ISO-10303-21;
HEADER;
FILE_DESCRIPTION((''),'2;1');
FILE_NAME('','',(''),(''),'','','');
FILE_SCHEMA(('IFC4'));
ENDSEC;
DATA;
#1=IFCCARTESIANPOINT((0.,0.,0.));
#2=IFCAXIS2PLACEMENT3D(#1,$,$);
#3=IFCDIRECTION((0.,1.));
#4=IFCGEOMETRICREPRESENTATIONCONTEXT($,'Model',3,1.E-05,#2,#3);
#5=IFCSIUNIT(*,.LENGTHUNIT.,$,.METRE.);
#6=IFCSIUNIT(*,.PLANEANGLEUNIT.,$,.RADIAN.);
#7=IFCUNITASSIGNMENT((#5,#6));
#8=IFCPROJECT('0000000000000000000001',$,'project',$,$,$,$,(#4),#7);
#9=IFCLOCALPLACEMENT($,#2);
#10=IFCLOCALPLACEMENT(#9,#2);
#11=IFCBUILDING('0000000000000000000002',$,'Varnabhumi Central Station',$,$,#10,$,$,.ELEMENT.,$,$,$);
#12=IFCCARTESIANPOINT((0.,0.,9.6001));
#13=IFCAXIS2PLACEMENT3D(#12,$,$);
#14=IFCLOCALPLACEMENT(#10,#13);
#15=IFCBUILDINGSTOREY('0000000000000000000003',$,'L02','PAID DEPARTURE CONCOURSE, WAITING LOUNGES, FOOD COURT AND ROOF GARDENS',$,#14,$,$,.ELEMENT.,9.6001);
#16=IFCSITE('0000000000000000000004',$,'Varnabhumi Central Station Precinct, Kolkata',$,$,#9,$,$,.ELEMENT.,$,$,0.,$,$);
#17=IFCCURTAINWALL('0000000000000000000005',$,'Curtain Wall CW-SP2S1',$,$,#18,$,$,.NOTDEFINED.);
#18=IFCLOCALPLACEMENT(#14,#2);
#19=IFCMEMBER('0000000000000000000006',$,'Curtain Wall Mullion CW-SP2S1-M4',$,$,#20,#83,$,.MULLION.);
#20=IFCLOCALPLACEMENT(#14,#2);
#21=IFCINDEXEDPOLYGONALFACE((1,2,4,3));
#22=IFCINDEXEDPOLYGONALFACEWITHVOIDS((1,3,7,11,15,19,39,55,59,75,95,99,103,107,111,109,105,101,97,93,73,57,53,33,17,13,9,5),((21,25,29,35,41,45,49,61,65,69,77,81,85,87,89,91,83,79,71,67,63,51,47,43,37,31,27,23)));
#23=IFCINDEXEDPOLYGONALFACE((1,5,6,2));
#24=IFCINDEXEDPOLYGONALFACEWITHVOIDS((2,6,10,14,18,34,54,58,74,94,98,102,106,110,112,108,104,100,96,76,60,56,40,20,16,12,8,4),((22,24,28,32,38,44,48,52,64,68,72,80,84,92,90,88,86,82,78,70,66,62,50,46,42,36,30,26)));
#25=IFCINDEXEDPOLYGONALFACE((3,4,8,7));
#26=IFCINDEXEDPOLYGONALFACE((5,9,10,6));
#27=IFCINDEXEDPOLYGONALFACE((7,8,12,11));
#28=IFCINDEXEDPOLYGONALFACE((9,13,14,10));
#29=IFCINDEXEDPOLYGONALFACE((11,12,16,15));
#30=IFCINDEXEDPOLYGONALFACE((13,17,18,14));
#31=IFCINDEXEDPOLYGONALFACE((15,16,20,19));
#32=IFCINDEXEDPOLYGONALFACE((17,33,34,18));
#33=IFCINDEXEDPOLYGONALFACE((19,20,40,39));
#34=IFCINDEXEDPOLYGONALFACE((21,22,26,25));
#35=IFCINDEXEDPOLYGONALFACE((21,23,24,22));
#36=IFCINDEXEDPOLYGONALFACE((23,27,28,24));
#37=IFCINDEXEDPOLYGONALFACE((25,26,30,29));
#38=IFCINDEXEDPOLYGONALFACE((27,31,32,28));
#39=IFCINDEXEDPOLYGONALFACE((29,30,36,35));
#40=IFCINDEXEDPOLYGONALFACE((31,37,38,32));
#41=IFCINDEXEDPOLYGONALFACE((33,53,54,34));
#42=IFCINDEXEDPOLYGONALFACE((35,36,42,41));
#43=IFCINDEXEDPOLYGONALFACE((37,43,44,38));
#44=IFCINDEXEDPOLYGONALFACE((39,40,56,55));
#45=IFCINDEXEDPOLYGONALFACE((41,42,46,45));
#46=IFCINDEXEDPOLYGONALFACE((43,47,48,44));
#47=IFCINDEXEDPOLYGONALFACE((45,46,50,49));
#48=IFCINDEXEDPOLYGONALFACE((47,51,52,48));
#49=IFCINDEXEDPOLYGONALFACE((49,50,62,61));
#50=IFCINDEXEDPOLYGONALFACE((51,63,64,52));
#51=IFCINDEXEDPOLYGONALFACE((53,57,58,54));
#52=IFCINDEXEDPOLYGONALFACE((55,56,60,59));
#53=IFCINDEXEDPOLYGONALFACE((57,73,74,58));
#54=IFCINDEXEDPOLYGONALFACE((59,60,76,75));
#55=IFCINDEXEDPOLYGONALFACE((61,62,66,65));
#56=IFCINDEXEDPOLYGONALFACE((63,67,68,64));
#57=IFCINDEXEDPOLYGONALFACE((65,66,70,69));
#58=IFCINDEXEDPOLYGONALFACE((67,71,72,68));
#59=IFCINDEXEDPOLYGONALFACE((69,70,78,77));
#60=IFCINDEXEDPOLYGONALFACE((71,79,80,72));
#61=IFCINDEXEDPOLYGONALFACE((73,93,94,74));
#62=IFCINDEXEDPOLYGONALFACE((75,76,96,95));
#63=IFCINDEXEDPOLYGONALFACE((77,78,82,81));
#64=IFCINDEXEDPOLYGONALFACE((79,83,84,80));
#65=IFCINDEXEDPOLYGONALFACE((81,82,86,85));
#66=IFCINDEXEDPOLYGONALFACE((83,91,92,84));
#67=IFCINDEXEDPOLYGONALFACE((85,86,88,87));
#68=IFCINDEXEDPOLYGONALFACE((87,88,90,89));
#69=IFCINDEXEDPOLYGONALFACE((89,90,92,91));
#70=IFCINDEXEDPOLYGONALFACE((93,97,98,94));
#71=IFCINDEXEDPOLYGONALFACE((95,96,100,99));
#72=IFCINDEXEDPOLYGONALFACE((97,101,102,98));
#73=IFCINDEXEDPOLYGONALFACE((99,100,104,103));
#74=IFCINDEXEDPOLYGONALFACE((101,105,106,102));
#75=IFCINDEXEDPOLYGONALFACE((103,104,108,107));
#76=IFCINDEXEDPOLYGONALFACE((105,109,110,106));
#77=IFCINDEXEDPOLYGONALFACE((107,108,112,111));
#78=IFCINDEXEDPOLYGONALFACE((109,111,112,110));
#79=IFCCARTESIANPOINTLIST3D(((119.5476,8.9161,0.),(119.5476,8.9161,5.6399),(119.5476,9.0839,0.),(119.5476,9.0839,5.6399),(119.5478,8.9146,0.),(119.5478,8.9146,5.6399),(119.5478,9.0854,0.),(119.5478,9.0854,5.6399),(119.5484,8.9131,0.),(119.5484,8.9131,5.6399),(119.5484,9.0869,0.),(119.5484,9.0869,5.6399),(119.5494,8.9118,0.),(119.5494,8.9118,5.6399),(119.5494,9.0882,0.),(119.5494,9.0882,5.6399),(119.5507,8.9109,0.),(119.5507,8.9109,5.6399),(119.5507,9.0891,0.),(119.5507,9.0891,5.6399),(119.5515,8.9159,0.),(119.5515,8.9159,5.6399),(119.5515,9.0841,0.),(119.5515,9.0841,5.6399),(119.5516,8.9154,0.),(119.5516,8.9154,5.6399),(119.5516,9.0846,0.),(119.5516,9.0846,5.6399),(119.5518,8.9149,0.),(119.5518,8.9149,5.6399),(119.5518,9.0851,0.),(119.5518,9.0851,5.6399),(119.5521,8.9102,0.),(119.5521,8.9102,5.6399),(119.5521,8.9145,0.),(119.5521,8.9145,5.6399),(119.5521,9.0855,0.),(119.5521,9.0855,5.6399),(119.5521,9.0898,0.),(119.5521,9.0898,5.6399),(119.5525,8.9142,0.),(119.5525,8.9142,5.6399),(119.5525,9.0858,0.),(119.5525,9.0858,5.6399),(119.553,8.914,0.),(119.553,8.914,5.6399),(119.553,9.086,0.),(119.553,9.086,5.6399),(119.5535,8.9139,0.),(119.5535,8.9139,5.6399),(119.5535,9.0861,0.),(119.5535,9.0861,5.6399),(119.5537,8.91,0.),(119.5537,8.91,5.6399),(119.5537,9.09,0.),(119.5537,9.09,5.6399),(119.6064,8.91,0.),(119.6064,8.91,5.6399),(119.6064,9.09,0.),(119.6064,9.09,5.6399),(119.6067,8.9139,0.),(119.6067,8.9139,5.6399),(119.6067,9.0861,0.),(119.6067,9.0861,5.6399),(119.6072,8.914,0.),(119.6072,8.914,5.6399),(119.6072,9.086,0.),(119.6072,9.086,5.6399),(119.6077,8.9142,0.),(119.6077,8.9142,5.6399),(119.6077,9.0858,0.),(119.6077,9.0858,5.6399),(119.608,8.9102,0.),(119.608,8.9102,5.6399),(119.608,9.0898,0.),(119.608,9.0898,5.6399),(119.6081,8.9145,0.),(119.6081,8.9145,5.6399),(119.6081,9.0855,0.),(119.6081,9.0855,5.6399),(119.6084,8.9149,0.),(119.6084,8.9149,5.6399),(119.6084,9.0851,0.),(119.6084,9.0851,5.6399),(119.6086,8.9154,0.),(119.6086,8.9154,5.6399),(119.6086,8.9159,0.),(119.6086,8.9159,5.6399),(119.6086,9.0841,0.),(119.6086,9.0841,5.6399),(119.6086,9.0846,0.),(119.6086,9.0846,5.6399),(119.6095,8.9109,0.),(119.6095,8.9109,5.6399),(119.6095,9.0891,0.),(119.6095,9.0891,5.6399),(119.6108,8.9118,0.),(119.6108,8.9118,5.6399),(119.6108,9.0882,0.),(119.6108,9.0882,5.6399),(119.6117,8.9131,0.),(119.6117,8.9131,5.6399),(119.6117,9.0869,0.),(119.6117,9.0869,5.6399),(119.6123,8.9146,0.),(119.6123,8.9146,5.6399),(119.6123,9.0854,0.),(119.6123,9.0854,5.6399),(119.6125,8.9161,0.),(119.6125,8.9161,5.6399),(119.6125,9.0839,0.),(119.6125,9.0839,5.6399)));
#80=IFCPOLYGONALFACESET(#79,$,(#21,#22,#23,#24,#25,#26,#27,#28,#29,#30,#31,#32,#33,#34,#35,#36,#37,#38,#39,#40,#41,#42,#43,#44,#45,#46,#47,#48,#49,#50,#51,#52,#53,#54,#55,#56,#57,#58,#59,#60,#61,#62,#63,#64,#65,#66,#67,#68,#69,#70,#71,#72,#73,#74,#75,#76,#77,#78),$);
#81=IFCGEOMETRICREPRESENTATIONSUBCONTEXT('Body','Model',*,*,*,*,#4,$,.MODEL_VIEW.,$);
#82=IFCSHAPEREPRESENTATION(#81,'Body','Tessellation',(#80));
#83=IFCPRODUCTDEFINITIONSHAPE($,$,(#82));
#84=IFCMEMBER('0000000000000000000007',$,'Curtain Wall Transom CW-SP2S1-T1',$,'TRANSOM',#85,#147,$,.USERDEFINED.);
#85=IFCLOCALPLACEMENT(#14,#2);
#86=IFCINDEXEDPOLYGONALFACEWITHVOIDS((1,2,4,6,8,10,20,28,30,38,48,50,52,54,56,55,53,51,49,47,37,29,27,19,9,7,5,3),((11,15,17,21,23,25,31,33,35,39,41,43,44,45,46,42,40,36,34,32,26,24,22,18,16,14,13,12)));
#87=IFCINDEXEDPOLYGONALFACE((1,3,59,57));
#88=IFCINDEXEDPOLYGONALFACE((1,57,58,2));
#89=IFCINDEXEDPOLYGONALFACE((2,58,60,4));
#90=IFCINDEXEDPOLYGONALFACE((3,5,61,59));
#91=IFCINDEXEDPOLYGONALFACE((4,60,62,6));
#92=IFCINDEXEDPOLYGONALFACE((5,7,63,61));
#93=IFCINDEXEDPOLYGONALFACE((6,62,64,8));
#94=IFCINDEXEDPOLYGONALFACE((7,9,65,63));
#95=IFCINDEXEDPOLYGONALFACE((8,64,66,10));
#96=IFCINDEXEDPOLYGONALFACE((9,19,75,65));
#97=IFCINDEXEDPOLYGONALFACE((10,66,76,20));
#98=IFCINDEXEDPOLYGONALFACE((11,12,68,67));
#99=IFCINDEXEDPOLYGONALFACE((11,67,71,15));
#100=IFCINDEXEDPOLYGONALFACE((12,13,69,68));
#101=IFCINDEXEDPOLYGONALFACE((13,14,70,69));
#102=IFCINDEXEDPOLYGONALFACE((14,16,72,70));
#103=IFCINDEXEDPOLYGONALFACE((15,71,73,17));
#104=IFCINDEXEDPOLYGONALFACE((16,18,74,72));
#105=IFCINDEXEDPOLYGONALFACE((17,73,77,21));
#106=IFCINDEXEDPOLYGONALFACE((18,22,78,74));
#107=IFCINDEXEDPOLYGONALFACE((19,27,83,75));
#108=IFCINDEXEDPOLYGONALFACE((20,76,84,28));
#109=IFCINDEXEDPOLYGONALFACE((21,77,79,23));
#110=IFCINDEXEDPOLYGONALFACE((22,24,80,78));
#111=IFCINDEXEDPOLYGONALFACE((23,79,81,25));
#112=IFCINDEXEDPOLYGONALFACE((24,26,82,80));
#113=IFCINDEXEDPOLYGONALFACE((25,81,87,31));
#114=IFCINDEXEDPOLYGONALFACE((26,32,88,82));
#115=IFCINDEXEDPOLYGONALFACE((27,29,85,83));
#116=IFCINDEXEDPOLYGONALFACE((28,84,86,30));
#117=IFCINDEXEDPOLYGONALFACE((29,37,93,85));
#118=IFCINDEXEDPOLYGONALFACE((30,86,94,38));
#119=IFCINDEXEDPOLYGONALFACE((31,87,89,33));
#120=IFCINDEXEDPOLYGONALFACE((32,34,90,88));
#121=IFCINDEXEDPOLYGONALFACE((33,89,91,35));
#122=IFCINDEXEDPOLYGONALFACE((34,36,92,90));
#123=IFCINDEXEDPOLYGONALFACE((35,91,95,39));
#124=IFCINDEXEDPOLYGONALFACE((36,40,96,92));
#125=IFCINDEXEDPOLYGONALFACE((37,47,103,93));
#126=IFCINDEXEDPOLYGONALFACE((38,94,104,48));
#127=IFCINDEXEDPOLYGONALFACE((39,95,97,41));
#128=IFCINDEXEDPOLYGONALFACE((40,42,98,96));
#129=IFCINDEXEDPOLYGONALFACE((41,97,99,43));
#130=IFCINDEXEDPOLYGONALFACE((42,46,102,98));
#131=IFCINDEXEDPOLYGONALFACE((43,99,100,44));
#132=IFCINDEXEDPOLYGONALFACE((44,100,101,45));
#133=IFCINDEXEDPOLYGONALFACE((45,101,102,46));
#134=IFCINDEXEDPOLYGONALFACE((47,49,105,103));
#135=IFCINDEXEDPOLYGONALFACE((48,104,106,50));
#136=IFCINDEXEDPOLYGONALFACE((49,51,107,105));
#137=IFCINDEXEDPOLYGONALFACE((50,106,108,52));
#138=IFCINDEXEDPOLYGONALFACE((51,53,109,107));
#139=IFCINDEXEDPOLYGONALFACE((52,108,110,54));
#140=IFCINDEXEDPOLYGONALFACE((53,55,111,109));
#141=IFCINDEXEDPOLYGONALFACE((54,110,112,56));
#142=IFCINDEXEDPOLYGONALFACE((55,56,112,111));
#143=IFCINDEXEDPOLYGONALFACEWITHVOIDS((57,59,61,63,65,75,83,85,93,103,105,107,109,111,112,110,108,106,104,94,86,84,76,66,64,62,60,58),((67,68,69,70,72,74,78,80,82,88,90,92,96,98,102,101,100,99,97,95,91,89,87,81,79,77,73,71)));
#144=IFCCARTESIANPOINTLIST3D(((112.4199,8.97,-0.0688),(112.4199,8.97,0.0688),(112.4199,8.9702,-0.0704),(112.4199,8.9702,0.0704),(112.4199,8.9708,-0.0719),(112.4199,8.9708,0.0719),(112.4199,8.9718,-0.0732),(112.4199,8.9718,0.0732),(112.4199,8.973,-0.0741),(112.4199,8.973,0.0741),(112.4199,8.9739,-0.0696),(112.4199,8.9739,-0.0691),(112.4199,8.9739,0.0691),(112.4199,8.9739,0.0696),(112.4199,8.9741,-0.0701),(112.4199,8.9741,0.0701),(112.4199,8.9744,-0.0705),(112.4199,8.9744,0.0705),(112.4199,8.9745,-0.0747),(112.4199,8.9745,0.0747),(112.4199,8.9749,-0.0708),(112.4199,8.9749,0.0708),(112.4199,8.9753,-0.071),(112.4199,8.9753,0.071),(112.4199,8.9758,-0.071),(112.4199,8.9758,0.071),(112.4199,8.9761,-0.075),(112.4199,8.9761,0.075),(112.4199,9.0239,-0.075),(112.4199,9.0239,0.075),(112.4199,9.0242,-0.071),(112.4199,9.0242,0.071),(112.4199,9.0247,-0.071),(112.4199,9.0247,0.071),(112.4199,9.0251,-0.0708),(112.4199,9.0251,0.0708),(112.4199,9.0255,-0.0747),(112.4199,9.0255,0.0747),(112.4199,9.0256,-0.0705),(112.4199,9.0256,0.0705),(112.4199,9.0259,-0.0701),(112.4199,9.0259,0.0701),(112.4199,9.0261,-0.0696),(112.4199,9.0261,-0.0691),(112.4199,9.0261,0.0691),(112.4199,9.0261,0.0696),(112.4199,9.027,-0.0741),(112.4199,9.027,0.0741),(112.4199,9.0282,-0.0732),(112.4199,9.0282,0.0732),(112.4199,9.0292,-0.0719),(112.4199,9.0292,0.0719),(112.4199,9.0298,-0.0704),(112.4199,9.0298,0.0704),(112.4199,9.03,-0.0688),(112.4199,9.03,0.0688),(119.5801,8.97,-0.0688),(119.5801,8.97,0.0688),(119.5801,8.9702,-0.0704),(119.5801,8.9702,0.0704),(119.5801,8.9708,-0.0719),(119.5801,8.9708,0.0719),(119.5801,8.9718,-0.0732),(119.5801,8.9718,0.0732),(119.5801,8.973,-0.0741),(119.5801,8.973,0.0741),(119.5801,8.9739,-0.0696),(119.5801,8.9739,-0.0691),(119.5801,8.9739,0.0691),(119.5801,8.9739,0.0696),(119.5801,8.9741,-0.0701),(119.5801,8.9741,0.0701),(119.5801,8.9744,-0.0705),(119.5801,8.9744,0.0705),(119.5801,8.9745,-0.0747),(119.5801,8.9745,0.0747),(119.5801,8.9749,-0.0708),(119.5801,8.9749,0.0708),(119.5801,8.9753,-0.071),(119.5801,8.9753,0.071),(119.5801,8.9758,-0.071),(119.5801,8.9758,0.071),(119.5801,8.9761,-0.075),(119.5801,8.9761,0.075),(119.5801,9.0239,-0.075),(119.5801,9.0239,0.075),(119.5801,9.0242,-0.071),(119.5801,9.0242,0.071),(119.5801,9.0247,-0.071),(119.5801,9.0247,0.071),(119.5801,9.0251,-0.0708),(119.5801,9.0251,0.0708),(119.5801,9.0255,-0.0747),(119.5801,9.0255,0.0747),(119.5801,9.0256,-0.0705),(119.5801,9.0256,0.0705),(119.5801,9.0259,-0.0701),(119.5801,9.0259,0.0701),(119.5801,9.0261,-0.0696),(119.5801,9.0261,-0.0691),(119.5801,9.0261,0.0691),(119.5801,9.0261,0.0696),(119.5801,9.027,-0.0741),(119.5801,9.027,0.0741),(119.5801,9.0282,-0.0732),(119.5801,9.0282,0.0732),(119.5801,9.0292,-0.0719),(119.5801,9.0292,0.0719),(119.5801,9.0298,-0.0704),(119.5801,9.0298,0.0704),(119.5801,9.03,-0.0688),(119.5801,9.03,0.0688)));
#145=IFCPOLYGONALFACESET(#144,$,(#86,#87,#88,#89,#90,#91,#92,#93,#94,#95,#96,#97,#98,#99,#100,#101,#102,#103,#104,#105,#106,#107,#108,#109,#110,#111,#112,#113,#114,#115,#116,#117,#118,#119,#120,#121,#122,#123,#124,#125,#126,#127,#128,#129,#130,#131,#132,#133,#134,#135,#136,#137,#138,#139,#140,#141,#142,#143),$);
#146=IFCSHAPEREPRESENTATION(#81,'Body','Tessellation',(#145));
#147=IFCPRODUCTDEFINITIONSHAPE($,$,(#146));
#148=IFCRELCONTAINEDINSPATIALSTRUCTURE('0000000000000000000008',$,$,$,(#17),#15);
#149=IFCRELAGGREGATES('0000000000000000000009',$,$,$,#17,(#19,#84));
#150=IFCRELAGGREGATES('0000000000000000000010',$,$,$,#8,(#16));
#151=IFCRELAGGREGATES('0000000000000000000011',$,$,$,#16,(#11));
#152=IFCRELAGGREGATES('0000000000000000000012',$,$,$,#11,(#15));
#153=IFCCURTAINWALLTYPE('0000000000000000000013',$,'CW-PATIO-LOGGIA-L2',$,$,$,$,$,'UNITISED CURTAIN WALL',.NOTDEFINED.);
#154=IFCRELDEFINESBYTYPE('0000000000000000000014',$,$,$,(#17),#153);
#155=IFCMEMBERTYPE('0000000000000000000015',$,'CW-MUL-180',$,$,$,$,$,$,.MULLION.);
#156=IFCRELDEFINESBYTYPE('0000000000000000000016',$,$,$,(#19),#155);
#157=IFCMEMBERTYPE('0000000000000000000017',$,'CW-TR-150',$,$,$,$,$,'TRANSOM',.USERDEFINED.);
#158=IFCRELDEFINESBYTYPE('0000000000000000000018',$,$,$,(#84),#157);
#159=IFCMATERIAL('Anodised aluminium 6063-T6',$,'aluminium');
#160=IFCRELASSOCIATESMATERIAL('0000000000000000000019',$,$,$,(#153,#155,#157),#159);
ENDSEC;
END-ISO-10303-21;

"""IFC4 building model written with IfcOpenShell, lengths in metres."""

from ifc_helpers import new_model, si_unit, direction, frame, origin, origin_2d, place, context, subcontext, project, spatial, hollow_rectangle, extrude, material, material_profile, profile_set, type_object, element, aggregate, save


model = new_model("IFC4")

# Units and contexts
model_context = context("Model", 3, precision=1e-05, world=origin(), true_north=direction((0.0, 1.0)))
body_context = subcontext(model_context, "Body", "Model", "MODEL_VIEW")
ifc_project = project(units=[si_unit("LENGTHUNIT", "METRE"), si_unit("PLANEANGLEUNIT", "RADIAN")], contexts=[model_context])

# Site, building, storey
site_placement = place(None, origin())
site = spatial("IfcSite", under=ifc_project, at=site_placement, Name="Varnabhumi Central Station Precinct, Kolkata", CompositionType="ELEMENT", RefElevation=0.0)
building_placement = place(site_placement, origin())
building = spatial("IfcBuilding", under=site, at=building_placement, Name="Varnabhumi Central Station", CompositionType="ELEMENT")
storey_placement = place(building_placement, frame((0.0, 0.0, 9.6001)))
storey = spatial("IfcBuildingStorey", under=building, at=storey_placement, Name="L02", Description="PAID DEPARTURE CONCOURSE, WAITING LOUNGES, FOOD COURT AND ROOF GARDENS", CompositionType="ELEMENT", Elevation=9.6001)

# Curtain wall, members
ifc_material_1 = material(Name="Anodised aluminium 6063-T6", Category="aluminium")
curtain_wall_type = type_object("IfcCurtainWallType", Name="CW-PATIO-LOGGIA-L2", ElementType="UNITISED CURTAIN WALL", PredefinedType="NOTDEFINED", material=ifc_material_1)
curtain_wall_placement = place(storey_placement, origin())
curtain_wall = element("IfcCurtainWall", 1, at=curtain_wall_placement, inside=storey, type_object=curtain_wall_type, Name="Curtain Wall CW-SP2S1", PredefinedType="NOTDEFINED")
ifc_material_profile_1 = material_profile(ifc_material_1, hollow_rectangle(XDim=0.0649, YDim=0.1799, WallThickness=0.0039, InnerFilletRadius=0.002, OuterFilletRadius=0.0061, at=origin_2d()), Name="Anodised aluminium 6063-T6", Category="aluminium")
ifc_profile_set_1 = profile_set([ifc_material_profile_1], Name="Anodised aluminium 6063-T6")
member_type_1 = type_object("IfcMemberType", Name="CW-MUL-180", PredefinedType="MULLION", material=ifc_profile_set_1)
member_1_placement = place(storey_placement, frame((119.5801, 9.0, 0.0), z_axis=(0.0, 0.0, 1.0), x_axis=(1.0, 0.0, 0.0)))
member_1 = element("IfcMember", 2, at=member_1_placement, type_object=member_type_1, Name="Curtain Wall Mullion CW-SP2S1-M4", PredefinedType="MULLION", context=body_context, shape_type="SweptSolid", body=[
    extrude(hollow_rectangle(XDim=0.0649, YDim=0.1799, WallThickness=0.0039, InnerFilletRadius=0.002, OuterFilletRadius=0.0061, at=origin_2d()), origin(), (0.0, 0.0, 1.0), 5.6399),
])
ifc_material_profile_2 = material_profile(ifc_material_1, hollow_rectangle(XDim=0.0601, YDim=0.1499, WallThickness=0.0039, InnerFilletRadius=0.002, OuterFilletRadius=0.0061, at=origin_2d()), Name="Anodised aluminium 6063-T6", Category="aluminium")
ifc_profile_set_2 = profile_set([ifc_material_profile_2], Name="Anodised aluminium 6063-T6")
member_type_2 = type_object("IfcMemberType", Name="CW-TR-150", ElementType="TRANSOM", PredefinedType="USERDEFINED", material=ifc_profile_set_2)
member_2_placement = place(storey_placement, frame((112.4199, 9.0, 0.0), z_axis=(1.0, 0.0, 0.0), x_axis=(0.0, 1.0, 0.0)))
member_2 = element("IfcMember", 3, at=member_2_placement, type_object=member_type_2, Name="Curtain Wall Transom CW-SP2S1-T1", ObjectType="TRANSOM", PredefinedType="USERDEFINED", context=body_context, shape_type="SweptSolid", body=[
    extrude(hollow_rectangle(XDim=0.0601, YDim=0.1499, WallThickness=0.0039, InnerFilletRadius=0.002, OuterFilletRadius=0.0061, at=origin_2d()), origin(), (0.0, 0.0, 1.0), 7.1602),
])
aggregate(curtain_wall, [member_1, member_2])

save(model, "model.ifc")
